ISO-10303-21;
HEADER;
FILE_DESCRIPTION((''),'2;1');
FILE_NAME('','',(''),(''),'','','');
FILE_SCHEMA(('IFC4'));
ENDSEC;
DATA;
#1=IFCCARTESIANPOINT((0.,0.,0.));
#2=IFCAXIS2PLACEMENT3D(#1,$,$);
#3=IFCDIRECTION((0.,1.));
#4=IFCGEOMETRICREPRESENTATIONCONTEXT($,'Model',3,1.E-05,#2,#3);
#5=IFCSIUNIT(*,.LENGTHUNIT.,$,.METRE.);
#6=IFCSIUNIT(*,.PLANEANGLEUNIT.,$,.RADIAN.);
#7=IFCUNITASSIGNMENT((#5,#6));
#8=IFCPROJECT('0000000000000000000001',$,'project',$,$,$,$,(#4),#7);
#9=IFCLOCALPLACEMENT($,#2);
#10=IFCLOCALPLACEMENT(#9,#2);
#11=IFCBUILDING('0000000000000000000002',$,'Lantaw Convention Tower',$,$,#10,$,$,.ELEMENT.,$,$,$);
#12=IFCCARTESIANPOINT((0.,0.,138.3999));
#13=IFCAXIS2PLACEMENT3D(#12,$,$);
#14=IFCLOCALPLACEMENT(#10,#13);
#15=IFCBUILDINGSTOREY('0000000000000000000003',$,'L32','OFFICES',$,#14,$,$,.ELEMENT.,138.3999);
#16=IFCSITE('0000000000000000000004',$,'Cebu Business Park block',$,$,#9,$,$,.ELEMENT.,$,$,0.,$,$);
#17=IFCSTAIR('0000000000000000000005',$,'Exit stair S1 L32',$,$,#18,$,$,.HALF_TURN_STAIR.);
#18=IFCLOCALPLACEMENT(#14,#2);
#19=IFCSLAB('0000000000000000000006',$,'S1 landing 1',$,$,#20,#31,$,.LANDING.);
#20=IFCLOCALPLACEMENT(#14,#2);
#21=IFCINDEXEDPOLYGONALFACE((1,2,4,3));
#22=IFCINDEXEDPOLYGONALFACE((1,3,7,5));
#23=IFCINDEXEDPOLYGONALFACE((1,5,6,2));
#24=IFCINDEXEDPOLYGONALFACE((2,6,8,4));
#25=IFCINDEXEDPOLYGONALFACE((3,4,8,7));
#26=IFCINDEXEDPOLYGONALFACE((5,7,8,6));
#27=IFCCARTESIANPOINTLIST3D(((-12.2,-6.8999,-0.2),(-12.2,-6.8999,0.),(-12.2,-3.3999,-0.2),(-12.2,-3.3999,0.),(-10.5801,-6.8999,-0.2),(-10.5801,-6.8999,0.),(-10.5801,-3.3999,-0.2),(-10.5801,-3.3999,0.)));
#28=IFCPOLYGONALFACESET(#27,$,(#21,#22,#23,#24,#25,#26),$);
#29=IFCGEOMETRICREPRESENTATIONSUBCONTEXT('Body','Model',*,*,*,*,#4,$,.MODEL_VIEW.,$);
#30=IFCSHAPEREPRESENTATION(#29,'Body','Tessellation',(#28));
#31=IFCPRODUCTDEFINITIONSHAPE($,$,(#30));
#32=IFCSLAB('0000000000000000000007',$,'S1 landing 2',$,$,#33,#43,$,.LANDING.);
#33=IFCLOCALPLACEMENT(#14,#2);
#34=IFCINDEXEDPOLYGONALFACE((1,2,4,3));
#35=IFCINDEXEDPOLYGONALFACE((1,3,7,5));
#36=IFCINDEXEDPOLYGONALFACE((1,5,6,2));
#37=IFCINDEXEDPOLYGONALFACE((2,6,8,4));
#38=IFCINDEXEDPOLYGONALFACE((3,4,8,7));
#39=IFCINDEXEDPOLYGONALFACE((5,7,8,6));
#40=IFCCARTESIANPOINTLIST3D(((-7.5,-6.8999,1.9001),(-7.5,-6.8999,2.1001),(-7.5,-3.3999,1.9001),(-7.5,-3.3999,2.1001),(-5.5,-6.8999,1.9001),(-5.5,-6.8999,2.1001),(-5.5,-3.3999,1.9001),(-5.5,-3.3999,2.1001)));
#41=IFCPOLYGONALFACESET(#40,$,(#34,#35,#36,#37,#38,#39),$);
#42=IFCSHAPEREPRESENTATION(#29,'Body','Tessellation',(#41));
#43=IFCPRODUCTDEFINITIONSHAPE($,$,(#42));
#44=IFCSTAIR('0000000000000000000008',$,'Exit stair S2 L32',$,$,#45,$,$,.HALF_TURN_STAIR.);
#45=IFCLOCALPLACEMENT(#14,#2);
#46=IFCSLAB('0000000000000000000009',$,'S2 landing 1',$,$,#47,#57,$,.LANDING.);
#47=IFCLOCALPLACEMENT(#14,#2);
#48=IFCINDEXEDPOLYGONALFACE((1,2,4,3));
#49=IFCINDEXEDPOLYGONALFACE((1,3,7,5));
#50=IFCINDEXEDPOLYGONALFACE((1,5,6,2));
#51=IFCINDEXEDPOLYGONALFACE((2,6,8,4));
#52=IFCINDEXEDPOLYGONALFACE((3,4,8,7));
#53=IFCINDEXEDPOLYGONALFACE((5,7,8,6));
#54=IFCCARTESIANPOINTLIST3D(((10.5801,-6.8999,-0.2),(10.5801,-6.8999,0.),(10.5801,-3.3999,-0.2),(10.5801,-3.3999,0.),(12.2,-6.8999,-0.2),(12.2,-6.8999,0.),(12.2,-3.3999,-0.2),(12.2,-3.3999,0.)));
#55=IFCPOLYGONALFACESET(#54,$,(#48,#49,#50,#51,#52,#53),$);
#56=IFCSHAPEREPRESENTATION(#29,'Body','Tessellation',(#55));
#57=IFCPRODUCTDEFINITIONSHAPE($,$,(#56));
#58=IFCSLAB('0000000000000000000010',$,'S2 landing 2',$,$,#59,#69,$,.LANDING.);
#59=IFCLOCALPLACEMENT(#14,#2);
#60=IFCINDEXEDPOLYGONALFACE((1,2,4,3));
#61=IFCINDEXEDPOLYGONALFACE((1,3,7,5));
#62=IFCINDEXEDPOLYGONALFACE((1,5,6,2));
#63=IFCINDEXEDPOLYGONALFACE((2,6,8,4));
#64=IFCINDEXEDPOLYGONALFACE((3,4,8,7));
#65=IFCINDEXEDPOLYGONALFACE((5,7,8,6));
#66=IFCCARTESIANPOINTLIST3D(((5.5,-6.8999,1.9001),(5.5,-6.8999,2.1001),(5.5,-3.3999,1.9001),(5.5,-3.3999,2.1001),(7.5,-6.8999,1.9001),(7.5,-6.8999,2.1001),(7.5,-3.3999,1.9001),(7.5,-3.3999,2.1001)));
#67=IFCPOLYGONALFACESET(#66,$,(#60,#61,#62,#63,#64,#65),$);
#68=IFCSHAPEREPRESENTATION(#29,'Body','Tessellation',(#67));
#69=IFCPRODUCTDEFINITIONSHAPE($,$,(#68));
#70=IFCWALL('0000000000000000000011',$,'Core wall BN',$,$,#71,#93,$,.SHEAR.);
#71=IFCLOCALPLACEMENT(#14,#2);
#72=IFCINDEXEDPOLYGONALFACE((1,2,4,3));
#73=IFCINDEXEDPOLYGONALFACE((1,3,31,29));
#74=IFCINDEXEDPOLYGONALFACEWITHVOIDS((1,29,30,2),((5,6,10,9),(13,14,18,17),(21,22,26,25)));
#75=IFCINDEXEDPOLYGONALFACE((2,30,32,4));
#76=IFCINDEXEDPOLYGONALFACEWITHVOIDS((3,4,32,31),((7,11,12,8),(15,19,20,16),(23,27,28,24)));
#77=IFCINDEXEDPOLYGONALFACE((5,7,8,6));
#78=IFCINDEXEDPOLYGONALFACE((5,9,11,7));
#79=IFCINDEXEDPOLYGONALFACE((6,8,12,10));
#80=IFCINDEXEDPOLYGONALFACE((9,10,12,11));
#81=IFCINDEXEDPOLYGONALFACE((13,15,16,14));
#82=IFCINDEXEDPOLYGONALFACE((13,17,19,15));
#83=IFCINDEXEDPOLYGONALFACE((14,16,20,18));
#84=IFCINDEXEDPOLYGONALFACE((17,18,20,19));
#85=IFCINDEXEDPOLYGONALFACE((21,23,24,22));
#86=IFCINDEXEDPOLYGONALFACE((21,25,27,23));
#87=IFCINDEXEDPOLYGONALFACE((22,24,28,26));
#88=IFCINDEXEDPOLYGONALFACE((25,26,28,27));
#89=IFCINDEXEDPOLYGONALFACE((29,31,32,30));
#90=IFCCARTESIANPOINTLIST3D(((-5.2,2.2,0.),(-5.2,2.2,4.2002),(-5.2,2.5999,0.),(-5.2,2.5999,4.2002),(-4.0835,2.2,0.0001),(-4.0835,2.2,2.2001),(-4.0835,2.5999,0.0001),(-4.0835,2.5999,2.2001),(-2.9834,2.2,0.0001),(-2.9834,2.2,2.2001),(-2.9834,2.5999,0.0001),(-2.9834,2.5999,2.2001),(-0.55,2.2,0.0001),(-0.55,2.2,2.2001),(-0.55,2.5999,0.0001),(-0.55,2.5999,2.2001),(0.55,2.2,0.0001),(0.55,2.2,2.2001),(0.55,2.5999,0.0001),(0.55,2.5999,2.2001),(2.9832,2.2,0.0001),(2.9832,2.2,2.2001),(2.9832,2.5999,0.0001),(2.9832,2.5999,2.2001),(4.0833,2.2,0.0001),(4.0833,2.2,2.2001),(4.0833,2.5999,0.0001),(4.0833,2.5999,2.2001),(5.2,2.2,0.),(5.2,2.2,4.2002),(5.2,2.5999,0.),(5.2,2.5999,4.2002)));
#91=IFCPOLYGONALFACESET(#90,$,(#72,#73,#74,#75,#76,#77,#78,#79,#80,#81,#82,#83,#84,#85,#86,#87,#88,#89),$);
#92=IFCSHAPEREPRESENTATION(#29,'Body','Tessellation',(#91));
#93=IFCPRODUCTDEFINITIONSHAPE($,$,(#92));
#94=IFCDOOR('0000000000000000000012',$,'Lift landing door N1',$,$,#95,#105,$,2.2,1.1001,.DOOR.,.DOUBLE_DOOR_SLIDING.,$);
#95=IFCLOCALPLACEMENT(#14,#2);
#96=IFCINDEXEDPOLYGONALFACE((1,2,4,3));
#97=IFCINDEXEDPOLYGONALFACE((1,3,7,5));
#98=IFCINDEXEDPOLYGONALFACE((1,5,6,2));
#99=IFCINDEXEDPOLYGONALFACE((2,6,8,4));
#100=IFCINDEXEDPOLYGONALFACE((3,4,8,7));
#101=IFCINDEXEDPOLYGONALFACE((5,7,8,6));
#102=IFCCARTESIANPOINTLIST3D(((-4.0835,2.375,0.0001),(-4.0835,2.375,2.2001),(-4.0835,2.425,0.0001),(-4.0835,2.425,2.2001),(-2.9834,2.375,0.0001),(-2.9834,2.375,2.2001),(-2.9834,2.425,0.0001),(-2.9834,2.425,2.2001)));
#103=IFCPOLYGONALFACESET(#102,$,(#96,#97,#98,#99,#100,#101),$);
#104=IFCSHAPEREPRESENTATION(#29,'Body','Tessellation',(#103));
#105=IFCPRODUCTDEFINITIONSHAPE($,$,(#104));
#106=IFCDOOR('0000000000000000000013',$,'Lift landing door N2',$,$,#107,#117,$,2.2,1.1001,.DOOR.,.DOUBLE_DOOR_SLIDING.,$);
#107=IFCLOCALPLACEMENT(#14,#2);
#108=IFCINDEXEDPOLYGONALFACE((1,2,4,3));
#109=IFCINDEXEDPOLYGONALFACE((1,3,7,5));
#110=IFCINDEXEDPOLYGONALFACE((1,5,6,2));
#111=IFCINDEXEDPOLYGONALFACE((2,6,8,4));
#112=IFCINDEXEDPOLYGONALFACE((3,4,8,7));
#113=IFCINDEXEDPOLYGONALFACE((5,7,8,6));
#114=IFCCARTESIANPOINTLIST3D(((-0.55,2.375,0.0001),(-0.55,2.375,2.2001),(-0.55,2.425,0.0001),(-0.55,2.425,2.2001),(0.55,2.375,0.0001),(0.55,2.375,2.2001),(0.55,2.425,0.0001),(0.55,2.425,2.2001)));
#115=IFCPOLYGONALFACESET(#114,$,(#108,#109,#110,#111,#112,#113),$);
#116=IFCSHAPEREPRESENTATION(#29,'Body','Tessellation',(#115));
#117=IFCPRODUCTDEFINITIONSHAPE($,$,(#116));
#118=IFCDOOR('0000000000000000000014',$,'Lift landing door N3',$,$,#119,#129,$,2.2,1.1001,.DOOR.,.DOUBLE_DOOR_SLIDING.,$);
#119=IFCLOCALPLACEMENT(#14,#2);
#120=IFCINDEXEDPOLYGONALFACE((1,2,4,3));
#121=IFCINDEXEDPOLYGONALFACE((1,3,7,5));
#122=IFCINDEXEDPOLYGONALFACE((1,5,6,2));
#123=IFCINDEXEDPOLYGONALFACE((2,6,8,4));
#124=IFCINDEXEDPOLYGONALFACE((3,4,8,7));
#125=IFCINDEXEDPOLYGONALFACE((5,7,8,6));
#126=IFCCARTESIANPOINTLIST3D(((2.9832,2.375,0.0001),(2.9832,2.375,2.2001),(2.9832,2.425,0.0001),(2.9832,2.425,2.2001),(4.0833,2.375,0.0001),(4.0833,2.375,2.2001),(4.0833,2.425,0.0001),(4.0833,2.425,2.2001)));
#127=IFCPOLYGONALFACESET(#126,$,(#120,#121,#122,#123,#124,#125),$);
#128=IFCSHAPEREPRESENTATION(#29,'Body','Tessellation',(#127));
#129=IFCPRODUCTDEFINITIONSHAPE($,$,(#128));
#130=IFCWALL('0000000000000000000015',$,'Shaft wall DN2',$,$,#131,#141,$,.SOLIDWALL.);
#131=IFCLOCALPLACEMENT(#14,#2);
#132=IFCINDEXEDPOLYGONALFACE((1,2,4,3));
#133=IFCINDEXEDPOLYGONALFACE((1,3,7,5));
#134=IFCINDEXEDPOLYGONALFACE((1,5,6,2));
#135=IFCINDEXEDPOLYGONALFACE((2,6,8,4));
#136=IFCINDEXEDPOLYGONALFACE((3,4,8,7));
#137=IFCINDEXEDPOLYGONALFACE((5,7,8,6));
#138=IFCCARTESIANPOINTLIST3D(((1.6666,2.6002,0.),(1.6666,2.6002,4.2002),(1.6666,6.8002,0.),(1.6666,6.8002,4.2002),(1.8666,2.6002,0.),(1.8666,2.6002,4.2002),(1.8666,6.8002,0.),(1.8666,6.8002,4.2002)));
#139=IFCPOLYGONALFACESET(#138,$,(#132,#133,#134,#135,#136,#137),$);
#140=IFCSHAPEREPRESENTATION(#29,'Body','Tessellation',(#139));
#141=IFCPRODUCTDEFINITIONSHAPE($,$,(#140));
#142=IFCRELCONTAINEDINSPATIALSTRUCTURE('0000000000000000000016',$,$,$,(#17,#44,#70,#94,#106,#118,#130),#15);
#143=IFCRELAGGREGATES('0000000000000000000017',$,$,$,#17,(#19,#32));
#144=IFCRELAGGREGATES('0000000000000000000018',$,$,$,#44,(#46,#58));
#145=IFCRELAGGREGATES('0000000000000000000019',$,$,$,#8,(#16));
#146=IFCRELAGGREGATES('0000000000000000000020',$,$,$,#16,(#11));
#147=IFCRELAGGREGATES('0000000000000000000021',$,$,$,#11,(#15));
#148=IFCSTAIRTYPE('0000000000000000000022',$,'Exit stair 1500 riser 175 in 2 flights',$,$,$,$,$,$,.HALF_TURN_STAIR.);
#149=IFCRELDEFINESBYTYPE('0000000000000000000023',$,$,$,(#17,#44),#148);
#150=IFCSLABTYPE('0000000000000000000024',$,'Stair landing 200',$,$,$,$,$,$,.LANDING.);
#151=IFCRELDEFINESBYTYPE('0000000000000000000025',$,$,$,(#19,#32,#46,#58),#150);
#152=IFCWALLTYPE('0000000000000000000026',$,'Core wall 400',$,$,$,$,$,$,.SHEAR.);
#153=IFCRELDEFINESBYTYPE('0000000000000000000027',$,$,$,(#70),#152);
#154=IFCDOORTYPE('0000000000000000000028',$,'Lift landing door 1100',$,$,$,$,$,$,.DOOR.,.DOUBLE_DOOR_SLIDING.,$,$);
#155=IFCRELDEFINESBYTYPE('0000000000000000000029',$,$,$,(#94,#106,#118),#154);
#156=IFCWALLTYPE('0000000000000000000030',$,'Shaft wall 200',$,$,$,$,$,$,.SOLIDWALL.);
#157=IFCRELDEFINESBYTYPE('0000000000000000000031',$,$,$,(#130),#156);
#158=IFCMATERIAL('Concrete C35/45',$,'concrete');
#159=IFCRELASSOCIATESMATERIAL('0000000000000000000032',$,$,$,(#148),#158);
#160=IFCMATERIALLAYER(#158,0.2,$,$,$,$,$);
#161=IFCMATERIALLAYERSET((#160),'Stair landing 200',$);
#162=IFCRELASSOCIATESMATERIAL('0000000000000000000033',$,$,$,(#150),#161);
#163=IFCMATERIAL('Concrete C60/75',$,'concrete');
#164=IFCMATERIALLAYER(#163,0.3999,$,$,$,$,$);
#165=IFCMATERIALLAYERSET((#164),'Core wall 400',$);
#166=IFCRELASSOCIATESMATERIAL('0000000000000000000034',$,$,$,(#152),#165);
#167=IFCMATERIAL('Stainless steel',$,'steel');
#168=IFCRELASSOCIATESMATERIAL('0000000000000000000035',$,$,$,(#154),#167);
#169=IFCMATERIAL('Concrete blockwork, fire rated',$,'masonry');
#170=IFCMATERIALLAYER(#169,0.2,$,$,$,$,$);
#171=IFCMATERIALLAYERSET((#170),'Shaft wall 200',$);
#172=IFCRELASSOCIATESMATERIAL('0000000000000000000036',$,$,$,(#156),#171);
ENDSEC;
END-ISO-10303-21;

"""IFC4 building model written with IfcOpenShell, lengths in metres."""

from ifc_helpers import new_model, si_unit, direction, frame, frame_2d, origin, place, context, subcontext, project, spatial, polyline, rectangle, outline, extrude, material, layer, layer_set, type_object, element, fill, aggregate, save


model = new_model("IFC4")

# Units and contexts
model_context = context("Model", 3, precision=1e-05, world=origin(), true_north=direction((0.0, 1.0)))
body_context = subcontext(model_context, "Body", "Model", "MODEL_VIEW")
ifc_project = project(units=[si_unit("LENGTHUNIT", "METRE"), si_unit("PLANEANGLEUNIT", "RADIAN")], contexts=[model_context])

# Site, building, storey
site_placement = place(None, origin())
site = spatial("IfcSite", under=ifc_project, at=site_placement, Name="Cebu Business Park block", CompositionType="ELEMENT", RefElevation=0.0)
building_placement = place(site_placement, origin())
building = spatial("IfcBuilding", under=site, at=building_placement, Name="Lantaw Convention Tower", CompositionType="ELEMENT")
storey_placement = place(building_placement, frame((0.0, 0.0, 138.3999)))
storey = spatial("IfcBuildingStorey", under=building, at=storey_placement, Name="L32", Description="OFFICES", CompositionType="ELEMENT", Elevation=138.3999)

# Stairs, slabs
ifc_material_1 = material(Name="Concrete C35/45", Category="concrete")
stair_type = type_object("IfcStairType", Name="Exit stair 1500 riser 175 in 2 flights", PredefinedType="HALF_TURN_STAIR", material=ifc_material_1)
stair_1_placement = place(storey_placement, origin())
stair_1 = element("IfcStair", 1, at=stair_1_placement, inside=storey, type_object=stair_type, Name="Exit stair S1 L32", PredefinedType="HALF_TURN_STAIR")
ifc_layer_1 = layer(ifc_material_1, 0.2)
ifc_layer_set_1 = layer_set([ifc_layer_1], Name="Stair landing 200")
slab_type = type_object("IfcSlabType", Name="Stair landing 200", PredefinedType="LANDING", material=ifc_layer_set_1)
slab_1_placement = place(storey_placement, frame((0.0, 0.0, -0.2)))
slab_1 = element("IfcSlab", 2, at=slab_1_placement, type_object=slab_type, Name="S1 landing 1", PredefinedType="LANDING", context=body_context, shape_type="SweptSolid", body=[
    extrude(outline(polyline([(-12.2, -6.8999), (-10.5801, -6.8999), (-10.5801, -3.3999), (-12.2, -3.3999), (-12.2, -6.8999)])), origin(), (0.0, 0.0, 1.0), 0.2),
])
slab_2_placement = place(storey_placement, frame((0.0, 0.0, 1.9001)))
slab_2 = element("IfcSlab", 3, at=slab_2_placement, type_object=slab_type, Name="S1 landing 2", PredefinedType="LANDING", context=body_context, shape_type="SweptSolid", body=[
    extrude(outline(polyline([(-7.5, -6.8999), (-5.5, -6.8999), (-5.5, -3.3999), (-7.5, -3.3999), (-7.5, -6.8999)])), origin(), (0.0, 0.0, 1.0), 0.2),
])
aggregate(stair_1, [slab_1, slab_2])
stair_2_placement = place(storey_placement, origin())
stair_2 = element("IfcStair", 4, at=stair_2_placement, inside=storey, type_object=stair_type, Name="Exit stair S2 L32", PredefinedType="HALF_TURN_STAIR")
slab_3_placement = place(storey_placement, frame((0.0, 0.0, -0.2)))
slab_3 = element("IfcSlab", 5, at=slab_3_placement, type_object=slab_type, Name="S2 landing 1", PredefinedType="LANDING", context=body_context, shape_type="SweptSolid", body=[
    extrude(outline(polyline([(10.5801, -6.8999), (12.2, -6.8999), (12.2, -3.3999), (10.5801, -3.3999), (10.5801, -6.8999)])), origin(), (0.0, 0.0, 1.0), 0.2),
])
slab_4_placement = place(storey_placement, frame((0.0, 0.0, 1.9001)))
slab_4 = element("IfcSlab", 6, at=slab_4_placement, type_object=slab_type, Name="S2 landing 2", PredefinedType="LANDING", context=body_context, shape_type="SweptSolid", body=[
    extrude(outline(polyline([(5.5, -6.8999), (7.5, -6.8999), (7.5, -3.3999), (5.5, -3.3999), (5.5, -6.8999)])), origin(), (0.0, 0.0, 1.0), 0.2),
])
aggregate(stair_2, [slab_3, slab_4])

# Wall, openings, doors
ifc_material_2 = material(Name="Concrete C60/75", Category="concrete")
ifc_layer_2 = layer(ifc_material_2, 0.3999)
ifc_layer_set_2 = layer_set([ifc_layer_2], Name="Core wall 400")
wall_type_1 = type_object("IfcWallType", Name="Core wall 400", PredefinedType="SHEAR", material=ifc_layer_set_2)
wall_1_placement = place(storey_placement, frame((5.2, 2.3999, 0.0), z_axis=(0.0, 0.0, 1.0), x_axis=(-1.0, 0.0, 0.0)))
wall_1 = element("IfcWall", 7, at=wall_1_placement, inside=storey, type_object=wall_type_1, Name="Core wall BN", PredefinedType="SHEAR", context=body_context, shape_type="SweptSolid", body=[
    extrude(rectangle(XDim=10.3999, YDim=0.3999, at=frame_2d((5.2, 0.0))), origin(), (0.0, 0.0, 1.0), 4.2002),
])
opening_1_placement = place(wall_1_placement, frame((8.1833, 0.0, 0.0)))
opening_1 = element("IfcOpeningElement", 8, at=opening_1_placement, cuts=wall_1, PredefinedType="OPENING", context=body_context, shape_type="SweptSolid", body=[
    extrude(rectangle(XDim=1.1001, YDim=2.2, at=frame_2d((0.55, 1.1001))), frame((0.0, 0.21, 0.0), z_axis=(0.0, -1.0, 0.0), x_axis=(1.0, 0.0, 0.0)), (0.0, 0.0, 1.0), 0.4199),
])
opening_2_placement = place(wall_1_placement, frame((4.6499, 0.0, 0.0)))
opening_2 = element("IfcOpeningElement", 9, at=opening_2_placement, cuts=wall_1, PredefinedType="OPENING", context=body_context, shape_type="SweptSolid", body=[
    extrude(rectangle(XDim=1.1001, YDim=2.2, at=frame_2d((0.55, 1.1001))), frame((0.0, 0.21, 0.0), z_axis=(0.0, -1.0, 0.0), x_axis=(1.0, 0.0, 0.0)), (0.0, 0.0, 1.0), 0.4199),
])
opening_3_placement = place(wall_1_placement, frame((1.1167, 0.0, 0.0)))
opening_3 = element("IfcOpeningElement", 10, at=opening_3_placement, cuts=wall_1, PredefinedType="OPENING", context=body_context, shape_type="SweptSolid", body=[
    extrude(rectangle(XDim=1.1001, YDim=2.2, at=frame_2d((0.55, 1.1001))), frame((0.0, 0.21, 0.0), z_axis=(0.0, -1.0, 0.0), x_axis=(1.0, 0.0, 0.0)), (0.0, 0.0, 1.0), 0.4199),
])
ifc_material_3 = material(Name="Stainless steel", Category="steel")
door_type_1 = type_object("IfcDoorType", Name="Lift landing door 1100", OperationType="DOUBLE_DOOR_SLIDING", PredefinedType="DOOR", material=ifc_material_3)
door_1_placement = place(opening_1_placement, origin())
door_1 = element("IfcDoor", 11, at=door_1_placement, inside=storey, type_object=door_type_1, Name="Lift landing door N1", OperationType="DOUBLE_DOOR_SLIDING", OverallHeight=2.2, OverallWidth=1.1001, PredefinedType="DOOR", context=body_context, shape_type="SweptSolid", body=[
    extrude(rectangle(XDim=1.1001, YDim=2.2, at=frame_2d((0.55, 1.1001))), frame((0.0, 0.0249, 0.0), z_axis=(0.0, -1.0, 0.0), x_axis=(1.0, 0.0, 0.0)), (0.0, 0.0, 1.0), 0.05),
])
fill(opening_1, door_1)
door_2_placement = place(opening_2_placement, origin())
door_2 = element("IfcDoor", 12, at=door_2_placement, inside=storey, type_object=door_type_1, Name="Lift landing door N2", OperationType="DOUBLE_DOOR_SLIDING", OverallHeight=2.2, OverallWidth=1.1001, PredefinedType="DOOR", context=body_context, shape_type="SweptSolid", body=[
    extrude(rectangle(XDim=1.1001, YDim=2.2, at=frame_2d((0.55, 1.1001))), frame((0.0, 0.0249, 0.0), z_axis=(0.0, -1.0, 0.0), x_axis=(1.0, 0.0, 0.0)), (0.0, 0.0, 1.0), 0.05),
])
fill(opening_2, door_2)
door_3_placement = place(opening_3_placement, origin())
door_3 = element("IfcDoor", 13, at=door_3_placement, inside=storey, type_object=door_type_1, Name="Lift landing door N3", OperationType="DOUBLE_DOOR_SLIDING", OverallHeight=2.2, OverallWidth=1.1001, PredefinedType="DOOR", context=body_context, shape_type="SweptSolid", body=[
    extrude(rectangle(XDim=1.1001, YDim=2.2, at=frame_2d((0.55, 1.1001))), frame((0.0, 0.0249, 0.0), z_axis=(0.0, -1.0, 0.0), x_axis=(1.0, 0.0, 0.0)), (0.0, 0.0, 1.0), 0.05),
])
fill(opening_3, door_3)

# Wall
ifc_material_4 = material(Name="Concrete blockwork, fire rated", Category="masonry")
ifc_layer_3 = layer(ifc_material_4, 0.2)
ifc_layer_set_3 = layer_set([ifc_layer_3], Name="Shaft wall 200")
wall_type_2 = type_object("IfcWallType", Name="Shaft wall 200", PredefinedType="SOLIDWALL", material=ifc_layer_set_3)
wall_2_placement = place(storey_placement, frame((1.7666, 2.6001, 0.0), z_axis=(0.0, 0.0, 1.0), x_axis=(0.0, 1.0, 0.0)))
element("IfcWall", 14, at=wall_2_placement, inside=storey, type_object=wall_type_2, Name="Shaft wall DN2", PredefinedType="SOLIDWALL", context=body_context, shape_type="SweptSolid", body=[
    extrude(rectangle(XDim=4.2, YDim=0.2, at=frame_2d((2.1001, 0.0))), origin(), (0.0, 0.0, 1.0), 4.2002),
])

save(model, "model.ifc")
